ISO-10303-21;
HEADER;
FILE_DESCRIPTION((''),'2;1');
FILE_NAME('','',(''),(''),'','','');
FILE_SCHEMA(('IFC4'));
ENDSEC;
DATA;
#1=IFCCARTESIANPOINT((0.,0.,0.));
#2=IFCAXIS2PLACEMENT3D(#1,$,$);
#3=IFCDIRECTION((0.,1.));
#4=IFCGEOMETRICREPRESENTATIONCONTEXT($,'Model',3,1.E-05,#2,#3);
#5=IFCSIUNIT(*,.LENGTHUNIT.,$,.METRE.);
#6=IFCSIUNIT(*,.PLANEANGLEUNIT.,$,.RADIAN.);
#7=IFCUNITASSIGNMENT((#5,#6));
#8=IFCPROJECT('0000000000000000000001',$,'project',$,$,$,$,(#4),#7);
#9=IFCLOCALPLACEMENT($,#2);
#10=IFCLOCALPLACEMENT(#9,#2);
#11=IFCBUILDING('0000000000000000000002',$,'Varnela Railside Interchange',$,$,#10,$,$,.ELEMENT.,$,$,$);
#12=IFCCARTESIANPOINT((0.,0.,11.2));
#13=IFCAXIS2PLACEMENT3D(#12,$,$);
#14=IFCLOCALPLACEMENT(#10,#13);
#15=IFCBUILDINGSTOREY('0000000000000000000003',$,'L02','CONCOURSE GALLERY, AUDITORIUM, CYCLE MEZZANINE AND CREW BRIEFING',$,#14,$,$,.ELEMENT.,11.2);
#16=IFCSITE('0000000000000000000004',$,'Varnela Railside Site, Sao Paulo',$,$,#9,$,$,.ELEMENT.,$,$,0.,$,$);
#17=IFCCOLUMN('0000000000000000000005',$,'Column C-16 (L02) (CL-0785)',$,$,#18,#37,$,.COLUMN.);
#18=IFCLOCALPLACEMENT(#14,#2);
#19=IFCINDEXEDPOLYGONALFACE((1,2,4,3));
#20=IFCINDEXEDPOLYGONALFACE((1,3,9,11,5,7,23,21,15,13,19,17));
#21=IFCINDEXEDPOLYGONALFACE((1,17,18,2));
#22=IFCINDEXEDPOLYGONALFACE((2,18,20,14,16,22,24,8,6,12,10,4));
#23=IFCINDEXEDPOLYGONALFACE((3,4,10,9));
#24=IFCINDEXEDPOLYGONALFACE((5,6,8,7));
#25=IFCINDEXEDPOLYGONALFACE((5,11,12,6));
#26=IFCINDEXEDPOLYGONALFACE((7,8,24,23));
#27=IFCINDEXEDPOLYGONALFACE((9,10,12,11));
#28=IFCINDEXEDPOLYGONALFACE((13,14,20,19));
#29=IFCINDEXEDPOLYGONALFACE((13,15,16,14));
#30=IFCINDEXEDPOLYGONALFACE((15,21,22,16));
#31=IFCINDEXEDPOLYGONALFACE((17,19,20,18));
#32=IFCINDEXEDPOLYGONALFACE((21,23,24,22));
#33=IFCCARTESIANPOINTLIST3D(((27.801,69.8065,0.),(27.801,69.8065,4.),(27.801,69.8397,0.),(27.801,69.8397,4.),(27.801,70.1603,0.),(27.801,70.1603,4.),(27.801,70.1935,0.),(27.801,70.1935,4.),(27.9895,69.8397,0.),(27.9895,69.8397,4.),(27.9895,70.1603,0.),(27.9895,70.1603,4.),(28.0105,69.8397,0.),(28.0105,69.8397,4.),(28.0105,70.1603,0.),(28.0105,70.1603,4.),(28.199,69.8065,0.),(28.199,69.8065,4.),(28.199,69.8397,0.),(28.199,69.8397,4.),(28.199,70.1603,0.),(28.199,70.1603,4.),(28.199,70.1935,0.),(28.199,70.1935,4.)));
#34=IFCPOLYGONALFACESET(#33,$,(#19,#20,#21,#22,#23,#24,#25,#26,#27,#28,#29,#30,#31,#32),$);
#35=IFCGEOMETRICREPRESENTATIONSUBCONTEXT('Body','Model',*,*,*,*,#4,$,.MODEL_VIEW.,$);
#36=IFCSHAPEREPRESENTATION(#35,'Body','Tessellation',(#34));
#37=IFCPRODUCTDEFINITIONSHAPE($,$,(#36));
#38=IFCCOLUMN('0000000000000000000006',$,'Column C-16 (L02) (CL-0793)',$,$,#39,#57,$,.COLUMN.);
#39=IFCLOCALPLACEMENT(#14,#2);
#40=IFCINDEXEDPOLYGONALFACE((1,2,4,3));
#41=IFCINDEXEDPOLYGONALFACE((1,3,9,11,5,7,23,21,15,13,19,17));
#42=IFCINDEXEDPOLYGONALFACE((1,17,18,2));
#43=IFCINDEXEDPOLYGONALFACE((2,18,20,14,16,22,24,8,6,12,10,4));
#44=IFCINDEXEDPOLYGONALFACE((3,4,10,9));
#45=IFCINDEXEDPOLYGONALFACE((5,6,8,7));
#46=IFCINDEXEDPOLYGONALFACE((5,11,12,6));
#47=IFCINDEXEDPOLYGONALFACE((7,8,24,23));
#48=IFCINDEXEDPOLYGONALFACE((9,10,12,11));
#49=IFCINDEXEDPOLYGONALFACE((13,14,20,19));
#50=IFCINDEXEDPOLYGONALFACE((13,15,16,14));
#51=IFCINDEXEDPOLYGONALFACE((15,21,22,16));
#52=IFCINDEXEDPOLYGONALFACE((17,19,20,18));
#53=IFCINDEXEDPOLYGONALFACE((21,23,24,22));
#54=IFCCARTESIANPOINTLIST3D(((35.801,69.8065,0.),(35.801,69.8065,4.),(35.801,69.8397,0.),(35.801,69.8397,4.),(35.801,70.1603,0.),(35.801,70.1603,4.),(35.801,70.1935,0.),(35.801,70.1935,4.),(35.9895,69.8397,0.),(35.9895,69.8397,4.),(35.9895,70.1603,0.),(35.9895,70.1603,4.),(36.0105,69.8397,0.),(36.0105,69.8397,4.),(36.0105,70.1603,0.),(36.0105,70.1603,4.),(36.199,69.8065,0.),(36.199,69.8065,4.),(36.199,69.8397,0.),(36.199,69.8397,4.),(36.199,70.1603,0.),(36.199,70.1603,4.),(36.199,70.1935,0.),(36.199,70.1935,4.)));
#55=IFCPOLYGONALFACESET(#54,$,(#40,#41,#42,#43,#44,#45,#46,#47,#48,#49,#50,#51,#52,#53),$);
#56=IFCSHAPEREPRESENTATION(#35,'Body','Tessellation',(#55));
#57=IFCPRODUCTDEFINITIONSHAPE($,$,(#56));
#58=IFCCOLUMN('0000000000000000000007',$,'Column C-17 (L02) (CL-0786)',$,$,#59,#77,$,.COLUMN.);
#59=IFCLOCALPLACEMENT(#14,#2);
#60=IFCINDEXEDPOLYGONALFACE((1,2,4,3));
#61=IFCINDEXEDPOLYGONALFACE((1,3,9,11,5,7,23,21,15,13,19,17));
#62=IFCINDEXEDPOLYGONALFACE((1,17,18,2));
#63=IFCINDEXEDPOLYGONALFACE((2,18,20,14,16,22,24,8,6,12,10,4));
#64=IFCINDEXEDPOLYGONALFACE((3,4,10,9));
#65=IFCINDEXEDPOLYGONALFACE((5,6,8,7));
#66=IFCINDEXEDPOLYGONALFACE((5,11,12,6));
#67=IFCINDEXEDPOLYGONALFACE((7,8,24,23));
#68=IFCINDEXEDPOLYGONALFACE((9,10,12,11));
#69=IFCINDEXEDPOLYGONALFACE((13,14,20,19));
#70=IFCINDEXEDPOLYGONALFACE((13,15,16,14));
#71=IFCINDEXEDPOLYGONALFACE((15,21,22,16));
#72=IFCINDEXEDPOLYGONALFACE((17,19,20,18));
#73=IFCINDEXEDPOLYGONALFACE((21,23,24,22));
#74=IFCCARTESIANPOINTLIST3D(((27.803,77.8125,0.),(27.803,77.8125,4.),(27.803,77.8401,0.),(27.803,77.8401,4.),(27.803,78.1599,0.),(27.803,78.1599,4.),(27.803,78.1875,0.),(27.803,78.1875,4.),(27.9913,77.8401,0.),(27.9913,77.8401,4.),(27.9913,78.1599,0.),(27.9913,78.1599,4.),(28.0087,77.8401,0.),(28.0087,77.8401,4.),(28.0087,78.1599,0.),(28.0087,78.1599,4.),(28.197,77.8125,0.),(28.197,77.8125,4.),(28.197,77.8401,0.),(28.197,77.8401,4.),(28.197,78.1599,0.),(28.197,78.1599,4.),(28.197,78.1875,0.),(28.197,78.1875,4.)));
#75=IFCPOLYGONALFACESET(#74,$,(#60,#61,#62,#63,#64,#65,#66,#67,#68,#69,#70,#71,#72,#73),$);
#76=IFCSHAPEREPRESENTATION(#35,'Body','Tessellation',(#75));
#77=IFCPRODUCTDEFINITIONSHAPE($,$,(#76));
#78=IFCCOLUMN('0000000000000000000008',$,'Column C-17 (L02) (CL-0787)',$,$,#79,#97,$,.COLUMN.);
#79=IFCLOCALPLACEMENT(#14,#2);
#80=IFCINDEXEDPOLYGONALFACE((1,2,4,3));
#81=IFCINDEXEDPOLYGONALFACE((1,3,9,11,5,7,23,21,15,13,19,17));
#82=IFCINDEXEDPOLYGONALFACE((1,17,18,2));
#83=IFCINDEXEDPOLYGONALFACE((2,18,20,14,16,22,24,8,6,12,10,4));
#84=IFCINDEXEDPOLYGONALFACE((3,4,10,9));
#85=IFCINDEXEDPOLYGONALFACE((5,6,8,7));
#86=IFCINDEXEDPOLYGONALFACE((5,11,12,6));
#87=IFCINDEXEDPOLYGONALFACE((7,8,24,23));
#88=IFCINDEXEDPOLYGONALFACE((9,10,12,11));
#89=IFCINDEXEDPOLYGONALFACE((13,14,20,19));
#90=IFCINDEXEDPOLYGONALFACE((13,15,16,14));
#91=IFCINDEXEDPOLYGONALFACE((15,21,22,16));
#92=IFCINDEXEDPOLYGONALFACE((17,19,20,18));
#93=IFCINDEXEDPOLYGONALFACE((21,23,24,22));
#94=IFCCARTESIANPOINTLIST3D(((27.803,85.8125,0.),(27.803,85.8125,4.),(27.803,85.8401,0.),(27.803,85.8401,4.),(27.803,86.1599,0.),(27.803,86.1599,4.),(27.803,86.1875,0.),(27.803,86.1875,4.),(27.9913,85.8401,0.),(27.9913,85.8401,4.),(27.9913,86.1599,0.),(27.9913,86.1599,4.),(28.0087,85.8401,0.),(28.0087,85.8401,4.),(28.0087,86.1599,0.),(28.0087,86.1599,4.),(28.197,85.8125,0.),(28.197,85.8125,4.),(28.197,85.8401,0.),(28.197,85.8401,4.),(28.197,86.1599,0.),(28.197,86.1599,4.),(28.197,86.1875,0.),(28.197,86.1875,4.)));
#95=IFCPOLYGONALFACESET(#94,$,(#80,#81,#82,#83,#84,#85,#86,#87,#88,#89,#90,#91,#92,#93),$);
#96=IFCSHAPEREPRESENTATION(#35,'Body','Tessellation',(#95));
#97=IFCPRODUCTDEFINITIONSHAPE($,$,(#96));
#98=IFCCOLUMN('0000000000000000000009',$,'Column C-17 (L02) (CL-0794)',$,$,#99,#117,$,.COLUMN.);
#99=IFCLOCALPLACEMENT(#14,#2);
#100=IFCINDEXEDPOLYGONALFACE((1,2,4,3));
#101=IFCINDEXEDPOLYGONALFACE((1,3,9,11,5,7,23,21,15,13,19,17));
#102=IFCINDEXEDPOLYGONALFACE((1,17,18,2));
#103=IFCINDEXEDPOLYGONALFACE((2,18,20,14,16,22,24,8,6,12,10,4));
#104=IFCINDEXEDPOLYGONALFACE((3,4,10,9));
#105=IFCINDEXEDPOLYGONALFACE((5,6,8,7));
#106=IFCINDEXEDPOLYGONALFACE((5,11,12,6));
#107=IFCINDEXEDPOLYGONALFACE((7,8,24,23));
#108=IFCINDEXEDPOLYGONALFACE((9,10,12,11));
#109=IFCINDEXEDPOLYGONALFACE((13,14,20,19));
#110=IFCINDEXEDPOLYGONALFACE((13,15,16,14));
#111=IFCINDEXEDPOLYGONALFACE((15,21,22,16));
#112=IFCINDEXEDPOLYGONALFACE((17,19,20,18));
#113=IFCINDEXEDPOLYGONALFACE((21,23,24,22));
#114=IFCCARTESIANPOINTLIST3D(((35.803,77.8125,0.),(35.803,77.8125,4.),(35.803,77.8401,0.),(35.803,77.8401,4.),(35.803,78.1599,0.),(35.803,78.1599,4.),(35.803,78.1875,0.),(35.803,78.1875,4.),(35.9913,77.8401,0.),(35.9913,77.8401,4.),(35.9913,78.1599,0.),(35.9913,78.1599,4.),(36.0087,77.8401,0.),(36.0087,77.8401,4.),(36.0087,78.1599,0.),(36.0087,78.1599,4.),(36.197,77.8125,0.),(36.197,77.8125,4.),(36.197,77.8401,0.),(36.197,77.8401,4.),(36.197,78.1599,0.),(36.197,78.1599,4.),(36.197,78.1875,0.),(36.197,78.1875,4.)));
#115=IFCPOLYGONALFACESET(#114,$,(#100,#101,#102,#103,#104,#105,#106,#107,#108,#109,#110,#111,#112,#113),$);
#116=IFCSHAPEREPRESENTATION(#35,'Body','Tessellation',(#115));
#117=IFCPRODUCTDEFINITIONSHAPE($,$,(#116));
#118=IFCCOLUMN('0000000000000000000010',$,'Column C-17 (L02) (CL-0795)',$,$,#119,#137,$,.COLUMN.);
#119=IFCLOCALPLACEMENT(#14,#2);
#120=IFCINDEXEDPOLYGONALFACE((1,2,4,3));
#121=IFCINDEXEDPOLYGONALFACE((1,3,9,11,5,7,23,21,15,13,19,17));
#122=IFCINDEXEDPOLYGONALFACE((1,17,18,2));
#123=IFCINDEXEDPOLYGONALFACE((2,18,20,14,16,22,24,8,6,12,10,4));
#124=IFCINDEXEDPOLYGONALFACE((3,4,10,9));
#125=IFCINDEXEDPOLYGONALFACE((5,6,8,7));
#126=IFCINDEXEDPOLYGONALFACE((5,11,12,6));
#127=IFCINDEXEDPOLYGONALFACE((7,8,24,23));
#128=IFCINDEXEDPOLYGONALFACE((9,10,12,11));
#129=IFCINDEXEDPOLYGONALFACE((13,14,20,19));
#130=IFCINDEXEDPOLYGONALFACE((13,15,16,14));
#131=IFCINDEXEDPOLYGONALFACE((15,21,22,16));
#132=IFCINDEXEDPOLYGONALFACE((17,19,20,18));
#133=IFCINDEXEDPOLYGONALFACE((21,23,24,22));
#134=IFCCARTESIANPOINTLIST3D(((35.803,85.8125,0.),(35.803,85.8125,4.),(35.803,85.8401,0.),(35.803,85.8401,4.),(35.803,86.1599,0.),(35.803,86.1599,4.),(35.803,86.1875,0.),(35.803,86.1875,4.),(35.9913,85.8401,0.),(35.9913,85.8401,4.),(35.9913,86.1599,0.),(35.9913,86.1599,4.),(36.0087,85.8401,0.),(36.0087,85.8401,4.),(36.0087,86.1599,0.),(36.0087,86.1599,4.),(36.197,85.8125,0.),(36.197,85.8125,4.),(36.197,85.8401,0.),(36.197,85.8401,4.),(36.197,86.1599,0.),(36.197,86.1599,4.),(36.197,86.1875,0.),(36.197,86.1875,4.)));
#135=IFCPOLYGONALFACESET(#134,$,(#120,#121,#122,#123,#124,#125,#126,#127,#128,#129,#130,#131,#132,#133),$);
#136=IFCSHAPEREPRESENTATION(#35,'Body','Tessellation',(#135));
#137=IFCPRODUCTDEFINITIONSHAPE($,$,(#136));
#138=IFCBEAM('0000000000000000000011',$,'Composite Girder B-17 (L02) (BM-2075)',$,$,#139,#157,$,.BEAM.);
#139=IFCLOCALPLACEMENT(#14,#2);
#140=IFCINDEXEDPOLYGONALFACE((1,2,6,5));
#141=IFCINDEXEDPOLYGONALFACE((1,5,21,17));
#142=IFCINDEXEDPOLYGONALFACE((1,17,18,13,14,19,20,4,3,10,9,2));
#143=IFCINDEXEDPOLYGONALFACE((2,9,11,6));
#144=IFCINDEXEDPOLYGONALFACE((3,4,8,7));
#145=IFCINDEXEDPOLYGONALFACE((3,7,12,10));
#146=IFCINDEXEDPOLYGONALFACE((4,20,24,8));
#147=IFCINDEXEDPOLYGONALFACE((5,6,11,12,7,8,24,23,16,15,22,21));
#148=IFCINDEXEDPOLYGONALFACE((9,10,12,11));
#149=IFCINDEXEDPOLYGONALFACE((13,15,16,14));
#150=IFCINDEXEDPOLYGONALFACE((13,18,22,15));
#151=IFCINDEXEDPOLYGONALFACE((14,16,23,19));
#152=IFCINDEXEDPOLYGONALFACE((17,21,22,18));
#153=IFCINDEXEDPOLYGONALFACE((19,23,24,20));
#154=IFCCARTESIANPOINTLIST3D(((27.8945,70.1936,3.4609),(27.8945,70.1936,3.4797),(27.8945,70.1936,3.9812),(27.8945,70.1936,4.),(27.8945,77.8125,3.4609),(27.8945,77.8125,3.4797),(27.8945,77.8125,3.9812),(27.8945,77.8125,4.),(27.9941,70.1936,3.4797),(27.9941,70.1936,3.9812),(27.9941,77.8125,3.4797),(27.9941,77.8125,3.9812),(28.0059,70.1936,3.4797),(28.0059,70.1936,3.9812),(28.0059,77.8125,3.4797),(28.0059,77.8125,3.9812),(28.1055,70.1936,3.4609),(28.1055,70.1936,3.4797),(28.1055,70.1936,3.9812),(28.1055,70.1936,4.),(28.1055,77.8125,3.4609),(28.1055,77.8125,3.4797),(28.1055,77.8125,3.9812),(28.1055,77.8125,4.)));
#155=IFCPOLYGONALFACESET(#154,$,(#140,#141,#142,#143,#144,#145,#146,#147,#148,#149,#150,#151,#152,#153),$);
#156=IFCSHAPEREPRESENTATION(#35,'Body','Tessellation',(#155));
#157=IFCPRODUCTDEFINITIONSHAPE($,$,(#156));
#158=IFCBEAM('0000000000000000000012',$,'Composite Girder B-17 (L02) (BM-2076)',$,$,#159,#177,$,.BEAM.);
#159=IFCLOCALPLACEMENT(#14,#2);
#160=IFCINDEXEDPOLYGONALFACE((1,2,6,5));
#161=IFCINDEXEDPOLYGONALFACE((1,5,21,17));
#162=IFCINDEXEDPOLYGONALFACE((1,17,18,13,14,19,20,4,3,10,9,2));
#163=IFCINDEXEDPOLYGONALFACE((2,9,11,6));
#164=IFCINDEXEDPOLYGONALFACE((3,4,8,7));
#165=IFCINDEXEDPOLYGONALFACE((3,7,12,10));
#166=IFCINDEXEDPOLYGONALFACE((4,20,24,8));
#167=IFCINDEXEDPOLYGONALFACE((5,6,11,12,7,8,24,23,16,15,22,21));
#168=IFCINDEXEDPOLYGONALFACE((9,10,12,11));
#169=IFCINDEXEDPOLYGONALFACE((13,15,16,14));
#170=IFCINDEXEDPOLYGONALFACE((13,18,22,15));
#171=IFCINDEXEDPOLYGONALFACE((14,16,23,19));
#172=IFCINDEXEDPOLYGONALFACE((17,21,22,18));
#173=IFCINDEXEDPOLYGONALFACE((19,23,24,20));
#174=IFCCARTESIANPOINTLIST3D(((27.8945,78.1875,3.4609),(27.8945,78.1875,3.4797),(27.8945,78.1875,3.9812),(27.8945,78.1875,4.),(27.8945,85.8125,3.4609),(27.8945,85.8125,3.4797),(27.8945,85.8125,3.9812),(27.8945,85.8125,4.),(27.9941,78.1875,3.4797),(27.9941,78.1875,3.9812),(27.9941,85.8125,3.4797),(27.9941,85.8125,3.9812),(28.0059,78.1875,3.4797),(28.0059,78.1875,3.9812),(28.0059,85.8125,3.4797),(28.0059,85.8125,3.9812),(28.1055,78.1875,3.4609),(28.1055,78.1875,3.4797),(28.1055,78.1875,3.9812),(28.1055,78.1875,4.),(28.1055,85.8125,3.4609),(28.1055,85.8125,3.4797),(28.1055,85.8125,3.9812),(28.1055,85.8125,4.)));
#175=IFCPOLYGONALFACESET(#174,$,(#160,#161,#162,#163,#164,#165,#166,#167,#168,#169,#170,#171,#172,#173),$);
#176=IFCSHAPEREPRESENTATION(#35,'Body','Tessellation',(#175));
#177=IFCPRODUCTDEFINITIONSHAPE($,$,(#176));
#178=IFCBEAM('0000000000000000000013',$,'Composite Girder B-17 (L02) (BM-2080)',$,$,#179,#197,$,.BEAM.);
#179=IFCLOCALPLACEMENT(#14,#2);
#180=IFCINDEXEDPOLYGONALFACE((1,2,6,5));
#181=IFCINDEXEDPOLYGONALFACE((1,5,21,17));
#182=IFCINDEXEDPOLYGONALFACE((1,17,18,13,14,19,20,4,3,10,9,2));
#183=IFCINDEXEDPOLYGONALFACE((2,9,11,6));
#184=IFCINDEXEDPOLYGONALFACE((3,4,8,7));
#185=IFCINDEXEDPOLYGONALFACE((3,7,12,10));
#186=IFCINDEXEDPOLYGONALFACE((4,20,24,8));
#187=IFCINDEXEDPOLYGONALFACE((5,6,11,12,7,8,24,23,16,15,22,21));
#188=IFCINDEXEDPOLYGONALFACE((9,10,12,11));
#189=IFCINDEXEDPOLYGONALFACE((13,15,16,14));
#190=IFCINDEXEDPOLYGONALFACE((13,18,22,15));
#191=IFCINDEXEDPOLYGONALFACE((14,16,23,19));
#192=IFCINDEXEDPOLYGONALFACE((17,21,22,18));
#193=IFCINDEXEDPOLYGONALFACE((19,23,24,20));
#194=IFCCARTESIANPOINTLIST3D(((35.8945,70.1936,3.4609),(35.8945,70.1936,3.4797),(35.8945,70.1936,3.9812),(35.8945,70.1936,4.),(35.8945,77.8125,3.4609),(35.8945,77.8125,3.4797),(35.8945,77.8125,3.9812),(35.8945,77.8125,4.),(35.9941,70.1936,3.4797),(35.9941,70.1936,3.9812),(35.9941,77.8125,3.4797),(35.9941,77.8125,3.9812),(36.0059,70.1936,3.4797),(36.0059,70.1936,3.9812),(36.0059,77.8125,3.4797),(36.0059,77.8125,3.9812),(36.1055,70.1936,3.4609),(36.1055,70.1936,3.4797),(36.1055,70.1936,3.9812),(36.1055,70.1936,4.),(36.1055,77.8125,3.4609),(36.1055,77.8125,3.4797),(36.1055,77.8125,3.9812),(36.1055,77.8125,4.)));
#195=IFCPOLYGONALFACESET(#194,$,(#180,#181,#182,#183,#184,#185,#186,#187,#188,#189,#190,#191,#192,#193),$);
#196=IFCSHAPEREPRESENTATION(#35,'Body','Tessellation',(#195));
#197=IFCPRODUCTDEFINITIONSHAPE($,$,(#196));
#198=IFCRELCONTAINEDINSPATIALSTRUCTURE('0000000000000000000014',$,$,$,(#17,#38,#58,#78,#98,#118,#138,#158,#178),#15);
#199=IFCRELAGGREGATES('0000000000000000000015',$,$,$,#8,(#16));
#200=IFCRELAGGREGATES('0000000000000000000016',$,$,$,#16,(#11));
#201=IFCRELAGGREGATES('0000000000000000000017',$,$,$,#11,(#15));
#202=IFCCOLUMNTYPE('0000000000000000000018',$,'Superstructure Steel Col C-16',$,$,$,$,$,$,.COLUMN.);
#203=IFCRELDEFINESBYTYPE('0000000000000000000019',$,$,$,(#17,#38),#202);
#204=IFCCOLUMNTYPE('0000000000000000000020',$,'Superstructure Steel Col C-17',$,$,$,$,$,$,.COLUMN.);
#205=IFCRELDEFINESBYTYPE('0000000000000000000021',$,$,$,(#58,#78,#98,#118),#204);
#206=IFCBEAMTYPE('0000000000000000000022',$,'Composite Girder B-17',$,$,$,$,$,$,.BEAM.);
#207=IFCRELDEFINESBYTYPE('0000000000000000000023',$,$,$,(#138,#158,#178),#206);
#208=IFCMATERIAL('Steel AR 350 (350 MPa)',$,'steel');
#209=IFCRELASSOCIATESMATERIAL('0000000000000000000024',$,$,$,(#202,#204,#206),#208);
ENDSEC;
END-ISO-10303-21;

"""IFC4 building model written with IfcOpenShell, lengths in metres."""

from ifc_helpers import new_model, si_unit, direction, frame, origin, origin_2d, place, context, subcontext, project, spatial, i_section, extrude, material, material_profile, profile_set, type_object, element, save


model = new_model("IFC4")

# Units and contexts
model_context = context("Model", 3, precision=1e-05, world=origin(), true_north=direction((0.0, 1.0)))
body_context = subcontext(model_context, "Body", "Model", "MODEL_VIEW")
ifc_project = project(units=[si_unit("LENGTHUNIT", "METRE"), si_unit("PLANEANGLEUNIT", "RADIAN")], contexts=[model_context])

# Site, building, storey
site_placement = place(None, origin())
site = spatial("IfcSite", under=ifc_project, at=site_placement, Name="Varnela Railside Site, Sao Paulo", CompositionType="ELEMENT", RefElevation=0.0)
building_placement = place(site_placement, origin())
building = spatial("IfcBuilding", under=site, at=building_placement, Name="Varnela Railside Interchange", CompositionType="ELEMENT")
storey_placement = place(building_placement, frame((0.0, 0.0, 11.2)))
storey = spatial("IfcBuildingStorey", under=building, at=storey_placement, Name="L02", Description="CONCOURSE GALLERY, AUDITORIUM, CYCLE MEZZANINE AND CREW BRIEFING", CompositionType="ELEMENT", Elevation=11.2)

# Columns
ifc_material_1 = material(Name="Steel AR 350 (350 MPa)", Category="steel")
ifc_material_profile_1 = material_profile(ifc_material_1, i_section(OverallWidth=0.3979, OverallDepth=0.387, WebThickness=0.021, FlangeThickness=0.0332, at=origin_2d()), Name="W360x262")
ifc_profile_set_1 = profile_set([ifc_material_profile_1], Name="Steel AR 350 (350 MPa)")
column_type_1 = type_object("IfcColumnType", Name="Superstructure Steel Col C-16", PredefinedType="COLUMN", material=ifc_profile_set_1)
for number, where, z_axis, x_axis, name in (
    (1, (28.0, 70.0, 0.0), (0.0, 0.0, 1.0), (1.0, 0.0, 0.0), "Column C-16 (L02) (CL-0785)"),
    (2, (36.0, 70.0, 0.0), (0.0, 0.0, 1.0), (1.0, 0.0, 0.0), "Column C-16 (L02) (CL-0793)"),
):
    element("IfcColumn", number, at=place(storey_placement, frame(where, z_axis=z_axis, x_axis=x_axis)), inside=storey, type_object=column_type_1, Name=name, PredefinedType="COLUMN", context=body_context, shape_type="SweptSolid", body=[
        extrude(i_section(OverallWidth=0.3979, OverallDepth=0.387, WebThickness=0.021, FlangeThickness=0.0332, at=origin_2d()), origin(), (0.0, 0.0, 1.0), 4.0),
    ])
ifc_material_profile_2 = material_profile(ifc_material_1, i_section(OverallWidth=0.394, OverallDepth=0.375, WebThickness=0.0173, FlangeThickness=0.0276, at=origin_2d()), Name="W360x216")
ifc_profile_set_2 = profile_set([ifc_material_profile_2], Name="Steel AR 350 (350 MPa)")
column_type_2 = type_object("IfcColumnType", Name="Superstructure Steel Col C-17", PredefinedType="COLUMN", material=ifc_profile_set_2)
for number, where, z_axis, x_axis, name in (
    (3, (28.0, 78.0, 0.0), (0.0, 0.0, 1.0), (1.0, 0.0, 0.0), "Column C-17 (L02) (CL-0786)"),
    (4, (28.0, 86.0, 0.0), (0.0, 0.0, 1.0), (1.0, 0.0, 0.0), "Column C-17 (L02) (CL-0787)"),
    (5, (36.0, 78.0, 0.0), (0.0, 0.0, 1.0), (1.0, 0.0, 0.0), "Column C-17 (L02) (CL-0794)"),
    (6, (36.0, 86.0, 0.0), (0.0, 0.0, 1.0), (1.0, 0.0, 0.0), "Column C-17 (L02) (CL-0795)"),
):
    element("IfcColumn", number, at=place(storey_placement, frame(where, z_axis=z_axis, x_axis=x_axis)), inside=storey, type_object=column_type_2, Name=name, PredefinedType="COLUMN", context=body_context, shape_type="SweptSolid", body=[
        extrude(i_section(OverallWidth=0.394, OverallDepth=0.375, WebThickness=0.0173, FlangeThickness=0.0276, at=origin_2d()), origin(), (0.0, 0.0, 1.0), 4.0),
    ])

# Beams
ifc_material_profile_3 = material_profile(ifc_material_1, i_section(OverallWidth=0.2109, OverallDepth=0.5391, WebThickness=0.0117, FlangeThickness=0.0188, at=origin_2d()), Name="W530x109")
ifc_profile_set_3 = profile_set([ifc_material_profile_3], Name="Steel AR 350 (350 MPa)")
beam_type_1 = type_object("IfcBeamType", Name="Composite Girder B-17", PredefinedType="BEAM", material=ifc_profile_set_3)
beam_1_placement = place(storey_placement, frame((28.0, 70.1936, 3.7305), z_axis=(0.0, 1.0, 0.0), x_axis=(-1.0, 0.0, 0.0)))
element("IfcBeam", 7, at=beam_1_placement, inside=storey, type_object=beam_type_1, Name="Composite Girder B-17 (L02) (BM-2075)", PredefinedType="BEAM", context=body_context, shape_type="SweptSolid", body=[
    extrude(i_section(OverallWidth=0.2109, OverallDepth=0.5391, WebThickness=0.0117, FlangeThickness=0.0188, at=origin_2d()), origin(), (0.0, 0.0, 1.0), 7.6189),
])
beam_2_placement = place(storey_placement, frame((28.0, 78.1875, 3.7305), z_axis=(0.0, 1.0, 0.0), x_axis=(-1.0, 0.0, 0.0)))
element("IfcBeam", 8, at=beam_2_placement, inside=storey, type_object=beam_type_1, Name="Composite Girder B-17 (L02) (BM-2076)", PredefinedType="BEAM", context=body_context, shape_type="SweptSolid", body=[
    extrude(i_section(OverallWidth=0.2109, OverallDepth=0.5391, WebThickness=0.0117, FlangeThickness=0.0188, at=origin_2d()), origin(), (0.0, 0.0, 1.0), 7.625),
])
beam_3_placement = place(storey_placement, frame((36.0, 70.1936, 3.7305), z_axis=(0.0, 1.0, 0.0), x_axis=(-1.0, 0.0, 0.0)))
element("IfcBeam", 9, at=beam_3_placement, inside=storey, type_object=beam_type_1, Name="Composite Girder B-17 (L02) (BM-2080)", PredefinedType="BEAM", context=body_context, shape_type="SweptSolid", body=[
    extrude(i_section(OverallWidth=0.2109, OverallDepth=0.5391, WebThickness=0.0117, FlangeThickness=0.0188, at=origin_2d()), origin(), (0.0, 0.0, 1.0), 7.6189),
])

save(model, "model.ifc")
